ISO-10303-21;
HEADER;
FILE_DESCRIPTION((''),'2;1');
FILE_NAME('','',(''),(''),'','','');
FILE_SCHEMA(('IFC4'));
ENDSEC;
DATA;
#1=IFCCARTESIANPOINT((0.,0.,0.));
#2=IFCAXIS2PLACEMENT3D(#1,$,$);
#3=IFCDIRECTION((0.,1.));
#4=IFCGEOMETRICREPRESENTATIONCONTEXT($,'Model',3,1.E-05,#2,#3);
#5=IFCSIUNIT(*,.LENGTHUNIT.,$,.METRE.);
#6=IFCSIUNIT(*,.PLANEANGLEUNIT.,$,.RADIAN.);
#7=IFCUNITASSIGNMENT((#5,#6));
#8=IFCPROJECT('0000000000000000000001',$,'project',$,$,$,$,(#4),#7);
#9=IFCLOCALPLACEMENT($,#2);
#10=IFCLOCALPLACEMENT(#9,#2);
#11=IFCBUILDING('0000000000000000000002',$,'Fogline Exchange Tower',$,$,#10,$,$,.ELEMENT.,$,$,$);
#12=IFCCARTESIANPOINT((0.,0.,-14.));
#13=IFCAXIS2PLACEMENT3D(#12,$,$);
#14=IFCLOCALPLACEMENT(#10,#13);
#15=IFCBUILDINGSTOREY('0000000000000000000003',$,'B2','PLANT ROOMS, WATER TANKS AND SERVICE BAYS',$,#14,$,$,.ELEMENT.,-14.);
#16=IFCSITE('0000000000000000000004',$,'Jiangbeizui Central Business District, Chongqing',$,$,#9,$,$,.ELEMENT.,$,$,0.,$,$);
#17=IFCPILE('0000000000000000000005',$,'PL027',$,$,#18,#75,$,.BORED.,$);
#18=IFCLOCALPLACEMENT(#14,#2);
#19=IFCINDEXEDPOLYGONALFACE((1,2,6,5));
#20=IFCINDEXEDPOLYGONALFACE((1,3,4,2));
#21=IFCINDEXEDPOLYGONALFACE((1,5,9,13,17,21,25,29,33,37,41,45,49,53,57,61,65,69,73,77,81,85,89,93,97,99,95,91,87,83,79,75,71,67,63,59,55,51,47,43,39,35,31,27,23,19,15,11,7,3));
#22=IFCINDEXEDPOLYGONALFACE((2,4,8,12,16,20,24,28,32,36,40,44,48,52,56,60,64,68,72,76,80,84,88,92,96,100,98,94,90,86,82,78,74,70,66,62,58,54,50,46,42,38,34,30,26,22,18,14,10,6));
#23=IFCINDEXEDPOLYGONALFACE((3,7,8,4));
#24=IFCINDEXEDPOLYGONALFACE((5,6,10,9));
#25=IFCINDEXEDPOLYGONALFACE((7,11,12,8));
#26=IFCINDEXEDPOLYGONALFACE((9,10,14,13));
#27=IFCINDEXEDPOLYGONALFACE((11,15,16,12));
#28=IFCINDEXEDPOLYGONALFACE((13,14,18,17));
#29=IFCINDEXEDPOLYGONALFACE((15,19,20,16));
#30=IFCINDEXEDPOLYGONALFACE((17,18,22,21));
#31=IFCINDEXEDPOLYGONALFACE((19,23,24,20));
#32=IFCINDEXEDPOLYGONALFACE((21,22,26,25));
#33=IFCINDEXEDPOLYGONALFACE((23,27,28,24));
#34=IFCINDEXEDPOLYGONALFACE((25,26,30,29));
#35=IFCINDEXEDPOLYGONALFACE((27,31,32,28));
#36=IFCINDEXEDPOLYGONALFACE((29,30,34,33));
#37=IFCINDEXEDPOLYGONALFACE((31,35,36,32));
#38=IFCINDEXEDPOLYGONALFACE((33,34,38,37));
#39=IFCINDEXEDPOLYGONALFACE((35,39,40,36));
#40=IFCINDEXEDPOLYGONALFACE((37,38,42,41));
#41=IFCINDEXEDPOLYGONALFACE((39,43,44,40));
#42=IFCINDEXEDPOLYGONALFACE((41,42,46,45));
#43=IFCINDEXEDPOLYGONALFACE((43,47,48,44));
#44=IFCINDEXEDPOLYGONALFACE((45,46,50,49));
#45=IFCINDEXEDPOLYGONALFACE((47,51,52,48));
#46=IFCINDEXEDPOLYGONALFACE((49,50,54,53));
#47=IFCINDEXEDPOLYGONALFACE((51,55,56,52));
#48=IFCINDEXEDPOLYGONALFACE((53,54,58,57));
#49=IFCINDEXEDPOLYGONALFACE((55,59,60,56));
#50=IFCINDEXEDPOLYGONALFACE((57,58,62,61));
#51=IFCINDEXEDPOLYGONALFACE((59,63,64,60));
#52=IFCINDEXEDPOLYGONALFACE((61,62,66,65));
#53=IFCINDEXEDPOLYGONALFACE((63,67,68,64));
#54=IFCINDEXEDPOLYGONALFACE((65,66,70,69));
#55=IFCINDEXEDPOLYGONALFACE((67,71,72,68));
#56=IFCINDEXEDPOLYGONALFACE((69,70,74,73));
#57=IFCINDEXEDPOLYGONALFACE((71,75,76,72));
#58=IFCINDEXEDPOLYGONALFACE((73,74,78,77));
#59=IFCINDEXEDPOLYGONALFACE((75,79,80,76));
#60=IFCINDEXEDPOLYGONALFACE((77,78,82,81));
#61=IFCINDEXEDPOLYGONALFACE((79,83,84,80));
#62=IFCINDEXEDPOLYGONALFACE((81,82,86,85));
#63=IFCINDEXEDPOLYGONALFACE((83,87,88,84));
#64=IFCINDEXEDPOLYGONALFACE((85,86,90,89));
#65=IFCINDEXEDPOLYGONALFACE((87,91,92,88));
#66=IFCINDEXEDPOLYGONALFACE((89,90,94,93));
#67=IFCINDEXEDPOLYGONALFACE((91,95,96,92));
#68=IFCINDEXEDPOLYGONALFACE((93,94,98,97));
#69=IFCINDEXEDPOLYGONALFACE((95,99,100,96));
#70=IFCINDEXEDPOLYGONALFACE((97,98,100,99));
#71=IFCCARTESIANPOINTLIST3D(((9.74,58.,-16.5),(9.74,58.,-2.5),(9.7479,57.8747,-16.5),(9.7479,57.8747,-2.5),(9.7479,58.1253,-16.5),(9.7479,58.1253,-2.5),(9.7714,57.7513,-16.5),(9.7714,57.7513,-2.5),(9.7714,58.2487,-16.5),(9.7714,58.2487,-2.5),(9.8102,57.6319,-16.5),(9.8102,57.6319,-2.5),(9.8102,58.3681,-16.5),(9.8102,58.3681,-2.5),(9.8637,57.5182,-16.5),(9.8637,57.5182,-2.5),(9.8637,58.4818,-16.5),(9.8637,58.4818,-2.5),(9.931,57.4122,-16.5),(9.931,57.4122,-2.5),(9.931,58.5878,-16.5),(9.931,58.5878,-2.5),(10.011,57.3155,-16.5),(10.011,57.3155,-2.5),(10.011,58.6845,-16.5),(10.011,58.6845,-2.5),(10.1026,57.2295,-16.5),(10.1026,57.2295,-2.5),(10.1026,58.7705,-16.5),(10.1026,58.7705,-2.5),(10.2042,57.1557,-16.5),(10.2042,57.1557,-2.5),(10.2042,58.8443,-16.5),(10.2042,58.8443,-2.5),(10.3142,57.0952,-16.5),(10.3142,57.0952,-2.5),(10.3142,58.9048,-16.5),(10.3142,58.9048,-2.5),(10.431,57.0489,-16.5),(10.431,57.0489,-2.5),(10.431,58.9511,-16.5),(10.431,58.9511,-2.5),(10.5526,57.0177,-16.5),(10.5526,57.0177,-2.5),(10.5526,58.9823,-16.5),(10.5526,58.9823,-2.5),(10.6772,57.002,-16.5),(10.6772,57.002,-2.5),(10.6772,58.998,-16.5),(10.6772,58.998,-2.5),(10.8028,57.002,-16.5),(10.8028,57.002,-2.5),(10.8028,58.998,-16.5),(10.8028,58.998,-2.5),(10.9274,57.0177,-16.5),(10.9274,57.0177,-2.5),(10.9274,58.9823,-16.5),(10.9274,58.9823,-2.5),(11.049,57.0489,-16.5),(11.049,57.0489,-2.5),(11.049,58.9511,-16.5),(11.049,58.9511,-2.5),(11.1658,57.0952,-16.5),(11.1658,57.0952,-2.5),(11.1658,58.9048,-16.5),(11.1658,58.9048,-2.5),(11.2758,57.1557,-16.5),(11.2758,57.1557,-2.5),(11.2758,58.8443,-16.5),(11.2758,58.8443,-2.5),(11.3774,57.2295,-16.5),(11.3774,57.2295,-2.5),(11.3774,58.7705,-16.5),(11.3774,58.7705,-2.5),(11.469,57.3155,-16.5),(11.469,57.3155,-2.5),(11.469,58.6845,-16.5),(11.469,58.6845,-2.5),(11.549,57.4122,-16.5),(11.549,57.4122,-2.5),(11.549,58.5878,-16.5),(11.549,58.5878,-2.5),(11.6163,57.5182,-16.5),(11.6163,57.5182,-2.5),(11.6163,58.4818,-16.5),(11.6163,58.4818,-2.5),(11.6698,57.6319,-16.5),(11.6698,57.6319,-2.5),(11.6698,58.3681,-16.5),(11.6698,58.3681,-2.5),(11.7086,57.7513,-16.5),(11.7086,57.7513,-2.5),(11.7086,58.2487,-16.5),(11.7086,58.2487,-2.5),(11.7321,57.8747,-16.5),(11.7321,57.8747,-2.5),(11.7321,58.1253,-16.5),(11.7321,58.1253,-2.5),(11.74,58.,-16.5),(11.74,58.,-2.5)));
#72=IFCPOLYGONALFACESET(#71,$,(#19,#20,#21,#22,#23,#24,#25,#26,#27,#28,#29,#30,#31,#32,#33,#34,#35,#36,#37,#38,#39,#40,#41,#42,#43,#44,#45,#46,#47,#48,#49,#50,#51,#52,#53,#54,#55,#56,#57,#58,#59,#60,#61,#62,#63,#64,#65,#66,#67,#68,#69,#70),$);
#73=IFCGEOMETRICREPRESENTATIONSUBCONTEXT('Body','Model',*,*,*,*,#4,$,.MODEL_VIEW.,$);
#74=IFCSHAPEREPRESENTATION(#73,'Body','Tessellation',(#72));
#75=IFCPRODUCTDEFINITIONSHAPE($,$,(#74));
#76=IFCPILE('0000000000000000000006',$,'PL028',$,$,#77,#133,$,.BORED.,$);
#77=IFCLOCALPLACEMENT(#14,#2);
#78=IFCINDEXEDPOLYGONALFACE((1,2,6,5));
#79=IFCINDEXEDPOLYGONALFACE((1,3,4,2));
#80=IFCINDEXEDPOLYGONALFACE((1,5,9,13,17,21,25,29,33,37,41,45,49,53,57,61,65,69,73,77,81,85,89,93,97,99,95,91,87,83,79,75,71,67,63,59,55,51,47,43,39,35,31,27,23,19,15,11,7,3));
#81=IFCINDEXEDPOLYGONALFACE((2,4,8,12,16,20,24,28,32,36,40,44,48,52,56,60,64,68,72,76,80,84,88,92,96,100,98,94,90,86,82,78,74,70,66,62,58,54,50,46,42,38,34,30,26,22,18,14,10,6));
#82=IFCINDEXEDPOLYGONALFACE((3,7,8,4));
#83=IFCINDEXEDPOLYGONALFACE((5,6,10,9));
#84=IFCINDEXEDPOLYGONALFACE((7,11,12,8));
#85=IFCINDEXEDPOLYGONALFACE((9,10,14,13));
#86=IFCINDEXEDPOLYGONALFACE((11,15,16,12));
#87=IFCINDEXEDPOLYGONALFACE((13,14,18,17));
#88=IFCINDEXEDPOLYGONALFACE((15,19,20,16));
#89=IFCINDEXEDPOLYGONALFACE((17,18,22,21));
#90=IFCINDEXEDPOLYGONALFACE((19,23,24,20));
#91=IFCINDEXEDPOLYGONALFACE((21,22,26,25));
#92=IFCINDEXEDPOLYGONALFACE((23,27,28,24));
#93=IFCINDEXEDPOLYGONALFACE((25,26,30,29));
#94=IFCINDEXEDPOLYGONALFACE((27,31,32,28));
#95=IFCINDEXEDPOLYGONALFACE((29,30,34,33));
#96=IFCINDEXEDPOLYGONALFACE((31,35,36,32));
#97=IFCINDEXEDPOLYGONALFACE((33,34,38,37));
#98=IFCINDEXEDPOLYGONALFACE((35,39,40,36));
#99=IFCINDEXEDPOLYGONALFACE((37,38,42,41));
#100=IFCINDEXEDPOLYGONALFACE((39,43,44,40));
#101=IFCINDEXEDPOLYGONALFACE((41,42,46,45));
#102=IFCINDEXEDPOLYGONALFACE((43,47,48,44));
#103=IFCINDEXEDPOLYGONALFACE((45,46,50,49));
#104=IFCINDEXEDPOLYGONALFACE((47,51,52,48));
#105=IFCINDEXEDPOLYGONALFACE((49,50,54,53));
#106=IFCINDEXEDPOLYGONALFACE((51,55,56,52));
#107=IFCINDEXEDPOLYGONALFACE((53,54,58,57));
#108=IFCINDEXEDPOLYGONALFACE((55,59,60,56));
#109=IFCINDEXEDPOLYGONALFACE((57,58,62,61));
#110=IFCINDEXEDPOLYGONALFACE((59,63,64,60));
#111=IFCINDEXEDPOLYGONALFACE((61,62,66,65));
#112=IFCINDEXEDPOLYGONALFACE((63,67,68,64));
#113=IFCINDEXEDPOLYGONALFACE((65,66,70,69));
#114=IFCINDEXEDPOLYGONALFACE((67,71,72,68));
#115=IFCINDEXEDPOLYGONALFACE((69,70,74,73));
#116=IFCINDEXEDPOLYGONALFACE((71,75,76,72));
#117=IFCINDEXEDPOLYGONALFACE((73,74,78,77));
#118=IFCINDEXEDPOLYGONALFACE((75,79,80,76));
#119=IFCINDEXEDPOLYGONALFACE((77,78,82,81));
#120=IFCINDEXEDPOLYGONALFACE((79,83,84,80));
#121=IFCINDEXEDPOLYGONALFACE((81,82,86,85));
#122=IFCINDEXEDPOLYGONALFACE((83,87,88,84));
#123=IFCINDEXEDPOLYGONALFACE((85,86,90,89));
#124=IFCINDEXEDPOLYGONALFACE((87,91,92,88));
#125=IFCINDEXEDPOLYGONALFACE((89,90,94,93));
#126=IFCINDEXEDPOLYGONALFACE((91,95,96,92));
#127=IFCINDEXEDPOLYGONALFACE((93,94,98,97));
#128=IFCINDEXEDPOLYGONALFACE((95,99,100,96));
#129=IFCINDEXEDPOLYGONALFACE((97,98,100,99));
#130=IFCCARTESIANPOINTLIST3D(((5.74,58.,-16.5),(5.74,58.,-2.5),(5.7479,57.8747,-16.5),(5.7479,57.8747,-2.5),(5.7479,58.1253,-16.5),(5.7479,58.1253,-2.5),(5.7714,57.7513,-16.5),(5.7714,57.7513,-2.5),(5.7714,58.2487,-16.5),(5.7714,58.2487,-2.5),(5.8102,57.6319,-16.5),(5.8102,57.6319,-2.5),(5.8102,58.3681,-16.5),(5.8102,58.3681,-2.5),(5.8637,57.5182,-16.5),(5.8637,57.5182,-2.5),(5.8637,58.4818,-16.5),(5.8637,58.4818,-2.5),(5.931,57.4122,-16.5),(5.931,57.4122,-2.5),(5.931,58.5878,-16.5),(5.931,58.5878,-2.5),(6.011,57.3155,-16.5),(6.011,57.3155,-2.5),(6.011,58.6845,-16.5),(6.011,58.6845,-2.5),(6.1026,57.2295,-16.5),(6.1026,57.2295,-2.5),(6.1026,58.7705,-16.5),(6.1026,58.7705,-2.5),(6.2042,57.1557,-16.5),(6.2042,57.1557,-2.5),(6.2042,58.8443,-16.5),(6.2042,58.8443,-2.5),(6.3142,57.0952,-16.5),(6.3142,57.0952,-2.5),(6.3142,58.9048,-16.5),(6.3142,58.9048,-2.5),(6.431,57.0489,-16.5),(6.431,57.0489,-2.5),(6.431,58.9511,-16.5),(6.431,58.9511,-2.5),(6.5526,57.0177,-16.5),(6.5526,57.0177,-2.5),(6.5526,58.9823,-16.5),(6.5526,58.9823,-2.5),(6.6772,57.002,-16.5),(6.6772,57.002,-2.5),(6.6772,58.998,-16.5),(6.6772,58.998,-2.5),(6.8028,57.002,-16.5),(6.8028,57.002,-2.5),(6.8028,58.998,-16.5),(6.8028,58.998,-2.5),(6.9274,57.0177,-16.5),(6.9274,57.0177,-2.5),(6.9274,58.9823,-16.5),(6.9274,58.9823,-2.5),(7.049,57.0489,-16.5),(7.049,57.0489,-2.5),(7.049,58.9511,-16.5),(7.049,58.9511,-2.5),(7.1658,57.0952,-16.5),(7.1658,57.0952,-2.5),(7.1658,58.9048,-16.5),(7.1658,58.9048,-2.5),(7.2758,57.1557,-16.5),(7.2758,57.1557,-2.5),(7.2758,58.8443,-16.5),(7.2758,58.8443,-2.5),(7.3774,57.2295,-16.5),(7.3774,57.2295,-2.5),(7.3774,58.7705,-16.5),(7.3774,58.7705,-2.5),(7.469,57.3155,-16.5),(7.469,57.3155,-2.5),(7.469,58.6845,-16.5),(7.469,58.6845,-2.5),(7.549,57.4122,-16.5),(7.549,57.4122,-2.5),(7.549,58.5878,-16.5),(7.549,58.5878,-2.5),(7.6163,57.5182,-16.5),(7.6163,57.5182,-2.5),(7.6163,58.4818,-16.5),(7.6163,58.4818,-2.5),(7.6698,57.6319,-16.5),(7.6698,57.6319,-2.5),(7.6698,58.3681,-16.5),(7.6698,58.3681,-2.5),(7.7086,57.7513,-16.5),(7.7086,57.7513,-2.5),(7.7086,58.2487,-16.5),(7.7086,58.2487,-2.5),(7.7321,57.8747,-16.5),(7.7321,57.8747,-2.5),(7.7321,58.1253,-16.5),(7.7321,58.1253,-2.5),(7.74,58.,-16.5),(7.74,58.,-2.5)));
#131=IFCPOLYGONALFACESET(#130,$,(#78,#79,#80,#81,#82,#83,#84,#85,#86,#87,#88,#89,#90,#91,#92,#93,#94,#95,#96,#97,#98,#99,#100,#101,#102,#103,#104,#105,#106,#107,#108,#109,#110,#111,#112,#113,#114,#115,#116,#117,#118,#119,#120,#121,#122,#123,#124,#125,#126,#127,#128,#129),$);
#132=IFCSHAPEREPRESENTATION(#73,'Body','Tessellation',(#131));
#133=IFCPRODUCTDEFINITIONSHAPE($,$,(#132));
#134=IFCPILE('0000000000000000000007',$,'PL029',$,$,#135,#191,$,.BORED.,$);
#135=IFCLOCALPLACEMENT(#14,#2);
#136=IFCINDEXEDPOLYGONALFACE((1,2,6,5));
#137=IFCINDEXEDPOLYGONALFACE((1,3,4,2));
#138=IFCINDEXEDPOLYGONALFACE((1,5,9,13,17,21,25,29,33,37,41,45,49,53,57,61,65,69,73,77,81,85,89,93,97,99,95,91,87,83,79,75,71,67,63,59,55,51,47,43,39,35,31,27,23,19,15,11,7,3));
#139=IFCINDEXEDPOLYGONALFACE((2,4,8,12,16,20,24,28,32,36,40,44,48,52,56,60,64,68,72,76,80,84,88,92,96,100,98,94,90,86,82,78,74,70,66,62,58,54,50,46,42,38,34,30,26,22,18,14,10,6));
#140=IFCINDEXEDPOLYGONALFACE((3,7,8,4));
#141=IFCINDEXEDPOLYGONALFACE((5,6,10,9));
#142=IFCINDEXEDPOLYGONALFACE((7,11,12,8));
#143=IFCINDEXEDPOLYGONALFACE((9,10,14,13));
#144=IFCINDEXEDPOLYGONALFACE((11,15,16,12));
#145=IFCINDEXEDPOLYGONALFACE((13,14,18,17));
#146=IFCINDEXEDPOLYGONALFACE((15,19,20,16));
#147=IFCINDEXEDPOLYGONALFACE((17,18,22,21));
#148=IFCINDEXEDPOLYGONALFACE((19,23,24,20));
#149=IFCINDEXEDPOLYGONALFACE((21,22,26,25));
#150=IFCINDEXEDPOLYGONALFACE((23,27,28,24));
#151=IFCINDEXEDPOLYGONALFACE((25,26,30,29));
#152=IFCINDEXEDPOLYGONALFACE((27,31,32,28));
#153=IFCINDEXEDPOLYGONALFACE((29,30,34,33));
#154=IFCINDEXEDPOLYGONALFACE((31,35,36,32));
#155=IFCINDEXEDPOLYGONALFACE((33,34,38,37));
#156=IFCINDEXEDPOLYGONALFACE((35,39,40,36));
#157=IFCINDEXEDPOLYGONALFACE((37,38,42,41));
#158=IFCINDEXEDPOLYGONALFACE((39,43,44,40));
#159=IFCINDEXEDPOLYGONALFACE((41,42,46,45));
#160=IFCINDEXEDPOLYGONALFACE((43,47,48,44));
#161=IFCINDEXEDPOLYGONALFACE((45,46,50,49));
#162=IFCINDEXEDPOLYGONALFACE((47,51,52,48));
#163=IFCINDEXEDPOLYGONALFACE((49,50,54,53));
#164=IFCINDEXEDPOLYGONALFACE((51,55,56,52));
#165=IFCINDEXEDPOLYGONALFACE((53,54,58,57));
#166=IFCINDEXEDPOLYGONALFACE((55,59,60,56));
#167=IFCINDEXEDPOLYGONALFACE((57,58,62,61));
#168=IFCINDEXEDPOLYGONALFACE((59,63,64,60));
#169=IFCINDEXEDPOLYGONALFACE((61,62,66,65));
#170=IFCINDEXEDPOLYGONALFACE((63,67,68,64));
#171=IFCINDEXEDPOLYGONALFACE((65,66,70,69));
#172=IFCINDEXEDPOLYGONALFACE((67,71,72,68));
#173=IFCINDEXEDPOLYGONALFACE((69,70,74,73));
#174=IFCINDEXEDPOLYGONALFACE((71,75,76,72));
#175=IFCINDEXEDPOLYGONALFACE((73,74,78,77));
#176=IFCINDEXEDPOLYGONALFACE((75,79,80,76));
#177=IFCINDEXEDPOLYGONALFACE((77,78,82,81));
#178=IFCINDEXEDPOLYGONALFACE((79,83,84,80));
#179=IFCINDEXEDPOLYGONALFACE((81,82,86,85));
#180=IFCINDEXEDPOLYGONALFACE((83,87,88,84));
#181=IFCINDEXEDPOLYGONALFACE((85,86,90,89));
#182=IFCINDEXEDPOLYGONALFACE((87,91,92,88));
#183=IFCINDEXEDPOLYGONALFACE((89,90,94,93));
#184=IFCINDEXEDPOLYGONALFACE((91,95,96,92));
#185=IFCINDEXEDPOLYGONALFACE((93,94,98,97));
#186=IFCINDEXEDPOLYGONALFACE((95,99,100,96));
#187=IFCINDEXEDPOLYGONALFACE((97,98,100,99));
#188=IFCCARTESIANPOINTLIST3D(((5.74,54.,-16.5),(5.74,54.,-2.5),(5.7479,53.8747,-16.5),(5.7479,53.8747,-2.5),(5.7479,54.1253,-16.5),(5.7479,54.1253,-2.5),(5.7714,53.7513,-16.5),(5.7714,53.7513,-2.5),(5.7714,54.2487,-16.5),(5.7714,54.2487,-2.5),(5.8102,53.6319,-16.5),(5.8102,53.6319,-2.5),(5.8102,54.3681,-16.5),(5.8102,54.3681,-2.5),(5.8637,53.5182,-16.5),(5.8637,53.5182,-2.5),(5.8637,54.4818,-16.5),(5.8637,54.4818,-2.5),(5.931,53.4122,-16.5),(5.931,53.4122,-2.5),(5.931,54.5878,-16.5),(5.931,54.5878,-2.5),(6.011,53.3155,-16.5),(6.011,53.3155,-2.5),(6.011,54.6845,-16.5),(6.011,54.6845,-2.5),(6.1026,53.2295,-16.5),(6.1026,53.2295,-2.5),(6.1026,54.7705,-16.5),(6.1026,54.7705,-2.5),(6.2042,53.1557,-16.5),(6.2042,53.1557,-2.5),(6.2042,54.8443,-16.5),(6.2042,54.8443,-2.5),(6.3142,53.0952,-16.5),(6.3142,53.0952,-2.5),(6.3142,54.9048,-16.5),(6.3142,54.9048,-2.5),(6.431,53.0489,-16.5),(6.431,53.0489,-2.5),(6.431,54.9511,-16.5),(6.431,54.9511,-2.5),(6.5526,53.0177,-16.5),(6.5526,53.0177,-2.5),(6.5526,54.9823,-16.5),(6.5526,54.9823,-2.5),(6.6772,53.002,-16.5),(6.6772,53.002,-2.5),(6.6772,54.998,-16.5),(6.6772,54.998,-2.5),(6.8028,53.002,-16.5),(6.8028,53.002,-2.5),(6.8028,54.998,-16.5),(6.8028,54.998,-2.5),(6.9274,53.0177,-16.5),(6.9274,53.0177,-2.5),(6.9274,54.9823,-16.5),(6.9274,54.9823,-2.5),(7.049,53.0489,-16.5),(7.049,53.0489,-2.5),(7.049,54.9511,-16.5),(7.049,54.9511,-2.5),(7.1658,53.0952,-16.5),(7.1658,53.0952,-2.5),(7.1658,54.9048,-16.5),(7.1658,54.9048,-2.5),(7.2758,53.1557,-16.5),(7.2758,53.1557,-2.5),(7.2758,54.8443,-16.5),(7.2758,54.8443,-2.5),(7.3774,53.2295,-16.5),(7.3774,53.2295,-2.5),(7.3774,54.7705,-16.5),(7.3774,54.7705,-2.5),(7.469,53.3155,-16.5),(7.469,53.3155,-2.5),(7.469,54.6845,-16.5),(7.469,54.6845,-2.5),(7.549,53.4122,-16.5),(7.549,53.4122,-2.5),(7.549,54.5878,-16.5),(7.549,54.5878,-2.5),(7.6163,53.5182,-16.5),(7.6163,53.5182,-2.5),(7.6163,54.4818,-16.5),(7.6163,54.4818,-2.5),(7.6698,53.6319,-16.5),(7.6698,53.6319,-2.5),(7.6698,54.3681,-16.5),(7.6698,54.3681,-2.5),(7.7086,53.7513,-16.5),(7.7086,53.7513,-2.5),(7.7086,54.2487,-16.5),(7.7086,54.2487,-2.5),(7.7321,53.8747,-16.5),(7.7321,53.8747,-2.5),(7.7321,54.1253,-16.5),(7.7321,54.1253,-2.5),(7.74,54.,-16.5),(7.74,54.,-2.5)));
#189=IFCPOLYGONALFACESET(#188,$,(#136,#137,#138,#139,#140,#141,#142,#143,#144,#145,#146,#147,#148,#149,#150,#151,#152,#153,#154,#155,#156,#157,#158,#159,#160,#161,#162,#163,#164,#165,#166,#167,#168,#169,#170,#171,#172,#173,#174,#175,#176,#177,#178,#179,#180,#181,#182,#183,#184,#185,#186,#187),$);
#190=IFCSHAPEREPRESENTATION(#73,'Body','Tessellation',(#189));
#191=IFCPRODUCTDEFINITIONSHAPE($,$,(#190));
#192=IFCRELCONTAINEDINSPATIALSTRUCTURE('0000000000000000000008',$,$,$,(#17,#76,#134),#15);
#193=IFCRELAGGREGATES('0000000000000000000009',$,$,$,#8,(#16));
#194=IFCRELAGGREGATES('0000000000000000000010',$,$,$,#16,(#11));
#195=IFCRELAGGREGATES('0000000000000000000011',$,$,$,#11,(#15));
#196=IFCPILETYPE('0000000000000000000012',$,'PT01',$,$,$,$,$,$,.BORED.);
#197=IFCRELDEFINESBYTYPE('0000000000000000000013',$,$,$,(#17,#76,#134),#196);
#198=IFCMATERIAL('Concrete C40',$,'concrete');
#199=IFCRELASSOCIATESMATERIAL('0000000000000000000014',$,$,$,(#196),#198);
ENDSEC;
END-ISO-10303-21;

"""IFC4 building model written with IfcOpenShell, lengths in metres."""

from ifc_helpers import new_model, si_unit, direction, frame, origin, origin_2d, place, context, subcontext, project, spatial, circle, extrude, material, material_profile, profile_set, type_object, element, save


model = new_model("IFC4")

# Units and contexts
model_context = context("Model", 3, precision=1e-05, world=origin(), true_north=direction((0.0, 1.0)))
body_context = subcontext(model_context, "Body", "Model", "MODEL_VIEW")
ifc_project = project(units=[si_unit("LENGTHUNIT", "METRE"), si_unit("PLANEANGLEUNIT", "RADIAN")], contexts=[model_context])

# Site, building, storey
site_placement = place(None, origin())
site = spatial("IfcSite", under=ifc_project, at=site_placement, Name="Jiangbeizui Central Business District, Chongqing", CompositionType="ELEMENT", RefElevation=0.0)
building_placement = place(site_placement, origin())
building = spatial("IfcBuilding", under=site, at=building_placement, Name="Fogline Exchange Tower", CompositionType="ELEMENT")
storey_placement = place(building_placement, frame((0.0, 0.0, -14.0)))
storey = spatial("IfcBuildingStorey", under=building, at=storey_placement, Name="B2", Description="PLANT ROOMS, WATER TANKS AND SERVICE BAYS", CompositionType="ELEMENT", Elevation=-14.0)

# Piles
ifc_material_1 = material(Name="Concrete C40", Category="concrete")
ifc_material_profile_1 = material_profile(ifc_material_1, circle(Radius=1.0, at=origin_2d()), Name="RC D2000")
ifc_profile_set_1 = profile_set([ifc_material_profile_1], Name="Concrete C40")
pile_type = type_object("IfcPileType", Name="PT01", PredefinedType="BORED", material=ifc_profile_set_1)
for number, where, z_axis, x_axis, name in (
    (1, (10.74, 58.0, -2.5), (0.0, 0.0, -1.0), (1.0, 0.0, 0.0), "PL027"),
    (2, (6.74, 58.0, -2.5), (0.0, 0.0, -1.0), (1.0, 0.0, 0.0), "PL028"),
    (3, (6.74, 54.0, -2.5), (0.0, 0.0, -1.0), (1.0, 0.0, 0.0), "PL029"),
):
    element("IfcPile", number, at=place(storey_placement, frame(where, z_axis=z_axis, x_axis=x_axis)), inside=storey, type_object=pile_type, Name=name, PredefinedType="BORED", context=body_context, shape_type="SweptSolid", body=[
        extrude(circle(Radius=1.0, at=origin_2d()), origin(), (0.0, 0.0, 1.0), 14.0),
    ])

save(model, "model.ifc")
